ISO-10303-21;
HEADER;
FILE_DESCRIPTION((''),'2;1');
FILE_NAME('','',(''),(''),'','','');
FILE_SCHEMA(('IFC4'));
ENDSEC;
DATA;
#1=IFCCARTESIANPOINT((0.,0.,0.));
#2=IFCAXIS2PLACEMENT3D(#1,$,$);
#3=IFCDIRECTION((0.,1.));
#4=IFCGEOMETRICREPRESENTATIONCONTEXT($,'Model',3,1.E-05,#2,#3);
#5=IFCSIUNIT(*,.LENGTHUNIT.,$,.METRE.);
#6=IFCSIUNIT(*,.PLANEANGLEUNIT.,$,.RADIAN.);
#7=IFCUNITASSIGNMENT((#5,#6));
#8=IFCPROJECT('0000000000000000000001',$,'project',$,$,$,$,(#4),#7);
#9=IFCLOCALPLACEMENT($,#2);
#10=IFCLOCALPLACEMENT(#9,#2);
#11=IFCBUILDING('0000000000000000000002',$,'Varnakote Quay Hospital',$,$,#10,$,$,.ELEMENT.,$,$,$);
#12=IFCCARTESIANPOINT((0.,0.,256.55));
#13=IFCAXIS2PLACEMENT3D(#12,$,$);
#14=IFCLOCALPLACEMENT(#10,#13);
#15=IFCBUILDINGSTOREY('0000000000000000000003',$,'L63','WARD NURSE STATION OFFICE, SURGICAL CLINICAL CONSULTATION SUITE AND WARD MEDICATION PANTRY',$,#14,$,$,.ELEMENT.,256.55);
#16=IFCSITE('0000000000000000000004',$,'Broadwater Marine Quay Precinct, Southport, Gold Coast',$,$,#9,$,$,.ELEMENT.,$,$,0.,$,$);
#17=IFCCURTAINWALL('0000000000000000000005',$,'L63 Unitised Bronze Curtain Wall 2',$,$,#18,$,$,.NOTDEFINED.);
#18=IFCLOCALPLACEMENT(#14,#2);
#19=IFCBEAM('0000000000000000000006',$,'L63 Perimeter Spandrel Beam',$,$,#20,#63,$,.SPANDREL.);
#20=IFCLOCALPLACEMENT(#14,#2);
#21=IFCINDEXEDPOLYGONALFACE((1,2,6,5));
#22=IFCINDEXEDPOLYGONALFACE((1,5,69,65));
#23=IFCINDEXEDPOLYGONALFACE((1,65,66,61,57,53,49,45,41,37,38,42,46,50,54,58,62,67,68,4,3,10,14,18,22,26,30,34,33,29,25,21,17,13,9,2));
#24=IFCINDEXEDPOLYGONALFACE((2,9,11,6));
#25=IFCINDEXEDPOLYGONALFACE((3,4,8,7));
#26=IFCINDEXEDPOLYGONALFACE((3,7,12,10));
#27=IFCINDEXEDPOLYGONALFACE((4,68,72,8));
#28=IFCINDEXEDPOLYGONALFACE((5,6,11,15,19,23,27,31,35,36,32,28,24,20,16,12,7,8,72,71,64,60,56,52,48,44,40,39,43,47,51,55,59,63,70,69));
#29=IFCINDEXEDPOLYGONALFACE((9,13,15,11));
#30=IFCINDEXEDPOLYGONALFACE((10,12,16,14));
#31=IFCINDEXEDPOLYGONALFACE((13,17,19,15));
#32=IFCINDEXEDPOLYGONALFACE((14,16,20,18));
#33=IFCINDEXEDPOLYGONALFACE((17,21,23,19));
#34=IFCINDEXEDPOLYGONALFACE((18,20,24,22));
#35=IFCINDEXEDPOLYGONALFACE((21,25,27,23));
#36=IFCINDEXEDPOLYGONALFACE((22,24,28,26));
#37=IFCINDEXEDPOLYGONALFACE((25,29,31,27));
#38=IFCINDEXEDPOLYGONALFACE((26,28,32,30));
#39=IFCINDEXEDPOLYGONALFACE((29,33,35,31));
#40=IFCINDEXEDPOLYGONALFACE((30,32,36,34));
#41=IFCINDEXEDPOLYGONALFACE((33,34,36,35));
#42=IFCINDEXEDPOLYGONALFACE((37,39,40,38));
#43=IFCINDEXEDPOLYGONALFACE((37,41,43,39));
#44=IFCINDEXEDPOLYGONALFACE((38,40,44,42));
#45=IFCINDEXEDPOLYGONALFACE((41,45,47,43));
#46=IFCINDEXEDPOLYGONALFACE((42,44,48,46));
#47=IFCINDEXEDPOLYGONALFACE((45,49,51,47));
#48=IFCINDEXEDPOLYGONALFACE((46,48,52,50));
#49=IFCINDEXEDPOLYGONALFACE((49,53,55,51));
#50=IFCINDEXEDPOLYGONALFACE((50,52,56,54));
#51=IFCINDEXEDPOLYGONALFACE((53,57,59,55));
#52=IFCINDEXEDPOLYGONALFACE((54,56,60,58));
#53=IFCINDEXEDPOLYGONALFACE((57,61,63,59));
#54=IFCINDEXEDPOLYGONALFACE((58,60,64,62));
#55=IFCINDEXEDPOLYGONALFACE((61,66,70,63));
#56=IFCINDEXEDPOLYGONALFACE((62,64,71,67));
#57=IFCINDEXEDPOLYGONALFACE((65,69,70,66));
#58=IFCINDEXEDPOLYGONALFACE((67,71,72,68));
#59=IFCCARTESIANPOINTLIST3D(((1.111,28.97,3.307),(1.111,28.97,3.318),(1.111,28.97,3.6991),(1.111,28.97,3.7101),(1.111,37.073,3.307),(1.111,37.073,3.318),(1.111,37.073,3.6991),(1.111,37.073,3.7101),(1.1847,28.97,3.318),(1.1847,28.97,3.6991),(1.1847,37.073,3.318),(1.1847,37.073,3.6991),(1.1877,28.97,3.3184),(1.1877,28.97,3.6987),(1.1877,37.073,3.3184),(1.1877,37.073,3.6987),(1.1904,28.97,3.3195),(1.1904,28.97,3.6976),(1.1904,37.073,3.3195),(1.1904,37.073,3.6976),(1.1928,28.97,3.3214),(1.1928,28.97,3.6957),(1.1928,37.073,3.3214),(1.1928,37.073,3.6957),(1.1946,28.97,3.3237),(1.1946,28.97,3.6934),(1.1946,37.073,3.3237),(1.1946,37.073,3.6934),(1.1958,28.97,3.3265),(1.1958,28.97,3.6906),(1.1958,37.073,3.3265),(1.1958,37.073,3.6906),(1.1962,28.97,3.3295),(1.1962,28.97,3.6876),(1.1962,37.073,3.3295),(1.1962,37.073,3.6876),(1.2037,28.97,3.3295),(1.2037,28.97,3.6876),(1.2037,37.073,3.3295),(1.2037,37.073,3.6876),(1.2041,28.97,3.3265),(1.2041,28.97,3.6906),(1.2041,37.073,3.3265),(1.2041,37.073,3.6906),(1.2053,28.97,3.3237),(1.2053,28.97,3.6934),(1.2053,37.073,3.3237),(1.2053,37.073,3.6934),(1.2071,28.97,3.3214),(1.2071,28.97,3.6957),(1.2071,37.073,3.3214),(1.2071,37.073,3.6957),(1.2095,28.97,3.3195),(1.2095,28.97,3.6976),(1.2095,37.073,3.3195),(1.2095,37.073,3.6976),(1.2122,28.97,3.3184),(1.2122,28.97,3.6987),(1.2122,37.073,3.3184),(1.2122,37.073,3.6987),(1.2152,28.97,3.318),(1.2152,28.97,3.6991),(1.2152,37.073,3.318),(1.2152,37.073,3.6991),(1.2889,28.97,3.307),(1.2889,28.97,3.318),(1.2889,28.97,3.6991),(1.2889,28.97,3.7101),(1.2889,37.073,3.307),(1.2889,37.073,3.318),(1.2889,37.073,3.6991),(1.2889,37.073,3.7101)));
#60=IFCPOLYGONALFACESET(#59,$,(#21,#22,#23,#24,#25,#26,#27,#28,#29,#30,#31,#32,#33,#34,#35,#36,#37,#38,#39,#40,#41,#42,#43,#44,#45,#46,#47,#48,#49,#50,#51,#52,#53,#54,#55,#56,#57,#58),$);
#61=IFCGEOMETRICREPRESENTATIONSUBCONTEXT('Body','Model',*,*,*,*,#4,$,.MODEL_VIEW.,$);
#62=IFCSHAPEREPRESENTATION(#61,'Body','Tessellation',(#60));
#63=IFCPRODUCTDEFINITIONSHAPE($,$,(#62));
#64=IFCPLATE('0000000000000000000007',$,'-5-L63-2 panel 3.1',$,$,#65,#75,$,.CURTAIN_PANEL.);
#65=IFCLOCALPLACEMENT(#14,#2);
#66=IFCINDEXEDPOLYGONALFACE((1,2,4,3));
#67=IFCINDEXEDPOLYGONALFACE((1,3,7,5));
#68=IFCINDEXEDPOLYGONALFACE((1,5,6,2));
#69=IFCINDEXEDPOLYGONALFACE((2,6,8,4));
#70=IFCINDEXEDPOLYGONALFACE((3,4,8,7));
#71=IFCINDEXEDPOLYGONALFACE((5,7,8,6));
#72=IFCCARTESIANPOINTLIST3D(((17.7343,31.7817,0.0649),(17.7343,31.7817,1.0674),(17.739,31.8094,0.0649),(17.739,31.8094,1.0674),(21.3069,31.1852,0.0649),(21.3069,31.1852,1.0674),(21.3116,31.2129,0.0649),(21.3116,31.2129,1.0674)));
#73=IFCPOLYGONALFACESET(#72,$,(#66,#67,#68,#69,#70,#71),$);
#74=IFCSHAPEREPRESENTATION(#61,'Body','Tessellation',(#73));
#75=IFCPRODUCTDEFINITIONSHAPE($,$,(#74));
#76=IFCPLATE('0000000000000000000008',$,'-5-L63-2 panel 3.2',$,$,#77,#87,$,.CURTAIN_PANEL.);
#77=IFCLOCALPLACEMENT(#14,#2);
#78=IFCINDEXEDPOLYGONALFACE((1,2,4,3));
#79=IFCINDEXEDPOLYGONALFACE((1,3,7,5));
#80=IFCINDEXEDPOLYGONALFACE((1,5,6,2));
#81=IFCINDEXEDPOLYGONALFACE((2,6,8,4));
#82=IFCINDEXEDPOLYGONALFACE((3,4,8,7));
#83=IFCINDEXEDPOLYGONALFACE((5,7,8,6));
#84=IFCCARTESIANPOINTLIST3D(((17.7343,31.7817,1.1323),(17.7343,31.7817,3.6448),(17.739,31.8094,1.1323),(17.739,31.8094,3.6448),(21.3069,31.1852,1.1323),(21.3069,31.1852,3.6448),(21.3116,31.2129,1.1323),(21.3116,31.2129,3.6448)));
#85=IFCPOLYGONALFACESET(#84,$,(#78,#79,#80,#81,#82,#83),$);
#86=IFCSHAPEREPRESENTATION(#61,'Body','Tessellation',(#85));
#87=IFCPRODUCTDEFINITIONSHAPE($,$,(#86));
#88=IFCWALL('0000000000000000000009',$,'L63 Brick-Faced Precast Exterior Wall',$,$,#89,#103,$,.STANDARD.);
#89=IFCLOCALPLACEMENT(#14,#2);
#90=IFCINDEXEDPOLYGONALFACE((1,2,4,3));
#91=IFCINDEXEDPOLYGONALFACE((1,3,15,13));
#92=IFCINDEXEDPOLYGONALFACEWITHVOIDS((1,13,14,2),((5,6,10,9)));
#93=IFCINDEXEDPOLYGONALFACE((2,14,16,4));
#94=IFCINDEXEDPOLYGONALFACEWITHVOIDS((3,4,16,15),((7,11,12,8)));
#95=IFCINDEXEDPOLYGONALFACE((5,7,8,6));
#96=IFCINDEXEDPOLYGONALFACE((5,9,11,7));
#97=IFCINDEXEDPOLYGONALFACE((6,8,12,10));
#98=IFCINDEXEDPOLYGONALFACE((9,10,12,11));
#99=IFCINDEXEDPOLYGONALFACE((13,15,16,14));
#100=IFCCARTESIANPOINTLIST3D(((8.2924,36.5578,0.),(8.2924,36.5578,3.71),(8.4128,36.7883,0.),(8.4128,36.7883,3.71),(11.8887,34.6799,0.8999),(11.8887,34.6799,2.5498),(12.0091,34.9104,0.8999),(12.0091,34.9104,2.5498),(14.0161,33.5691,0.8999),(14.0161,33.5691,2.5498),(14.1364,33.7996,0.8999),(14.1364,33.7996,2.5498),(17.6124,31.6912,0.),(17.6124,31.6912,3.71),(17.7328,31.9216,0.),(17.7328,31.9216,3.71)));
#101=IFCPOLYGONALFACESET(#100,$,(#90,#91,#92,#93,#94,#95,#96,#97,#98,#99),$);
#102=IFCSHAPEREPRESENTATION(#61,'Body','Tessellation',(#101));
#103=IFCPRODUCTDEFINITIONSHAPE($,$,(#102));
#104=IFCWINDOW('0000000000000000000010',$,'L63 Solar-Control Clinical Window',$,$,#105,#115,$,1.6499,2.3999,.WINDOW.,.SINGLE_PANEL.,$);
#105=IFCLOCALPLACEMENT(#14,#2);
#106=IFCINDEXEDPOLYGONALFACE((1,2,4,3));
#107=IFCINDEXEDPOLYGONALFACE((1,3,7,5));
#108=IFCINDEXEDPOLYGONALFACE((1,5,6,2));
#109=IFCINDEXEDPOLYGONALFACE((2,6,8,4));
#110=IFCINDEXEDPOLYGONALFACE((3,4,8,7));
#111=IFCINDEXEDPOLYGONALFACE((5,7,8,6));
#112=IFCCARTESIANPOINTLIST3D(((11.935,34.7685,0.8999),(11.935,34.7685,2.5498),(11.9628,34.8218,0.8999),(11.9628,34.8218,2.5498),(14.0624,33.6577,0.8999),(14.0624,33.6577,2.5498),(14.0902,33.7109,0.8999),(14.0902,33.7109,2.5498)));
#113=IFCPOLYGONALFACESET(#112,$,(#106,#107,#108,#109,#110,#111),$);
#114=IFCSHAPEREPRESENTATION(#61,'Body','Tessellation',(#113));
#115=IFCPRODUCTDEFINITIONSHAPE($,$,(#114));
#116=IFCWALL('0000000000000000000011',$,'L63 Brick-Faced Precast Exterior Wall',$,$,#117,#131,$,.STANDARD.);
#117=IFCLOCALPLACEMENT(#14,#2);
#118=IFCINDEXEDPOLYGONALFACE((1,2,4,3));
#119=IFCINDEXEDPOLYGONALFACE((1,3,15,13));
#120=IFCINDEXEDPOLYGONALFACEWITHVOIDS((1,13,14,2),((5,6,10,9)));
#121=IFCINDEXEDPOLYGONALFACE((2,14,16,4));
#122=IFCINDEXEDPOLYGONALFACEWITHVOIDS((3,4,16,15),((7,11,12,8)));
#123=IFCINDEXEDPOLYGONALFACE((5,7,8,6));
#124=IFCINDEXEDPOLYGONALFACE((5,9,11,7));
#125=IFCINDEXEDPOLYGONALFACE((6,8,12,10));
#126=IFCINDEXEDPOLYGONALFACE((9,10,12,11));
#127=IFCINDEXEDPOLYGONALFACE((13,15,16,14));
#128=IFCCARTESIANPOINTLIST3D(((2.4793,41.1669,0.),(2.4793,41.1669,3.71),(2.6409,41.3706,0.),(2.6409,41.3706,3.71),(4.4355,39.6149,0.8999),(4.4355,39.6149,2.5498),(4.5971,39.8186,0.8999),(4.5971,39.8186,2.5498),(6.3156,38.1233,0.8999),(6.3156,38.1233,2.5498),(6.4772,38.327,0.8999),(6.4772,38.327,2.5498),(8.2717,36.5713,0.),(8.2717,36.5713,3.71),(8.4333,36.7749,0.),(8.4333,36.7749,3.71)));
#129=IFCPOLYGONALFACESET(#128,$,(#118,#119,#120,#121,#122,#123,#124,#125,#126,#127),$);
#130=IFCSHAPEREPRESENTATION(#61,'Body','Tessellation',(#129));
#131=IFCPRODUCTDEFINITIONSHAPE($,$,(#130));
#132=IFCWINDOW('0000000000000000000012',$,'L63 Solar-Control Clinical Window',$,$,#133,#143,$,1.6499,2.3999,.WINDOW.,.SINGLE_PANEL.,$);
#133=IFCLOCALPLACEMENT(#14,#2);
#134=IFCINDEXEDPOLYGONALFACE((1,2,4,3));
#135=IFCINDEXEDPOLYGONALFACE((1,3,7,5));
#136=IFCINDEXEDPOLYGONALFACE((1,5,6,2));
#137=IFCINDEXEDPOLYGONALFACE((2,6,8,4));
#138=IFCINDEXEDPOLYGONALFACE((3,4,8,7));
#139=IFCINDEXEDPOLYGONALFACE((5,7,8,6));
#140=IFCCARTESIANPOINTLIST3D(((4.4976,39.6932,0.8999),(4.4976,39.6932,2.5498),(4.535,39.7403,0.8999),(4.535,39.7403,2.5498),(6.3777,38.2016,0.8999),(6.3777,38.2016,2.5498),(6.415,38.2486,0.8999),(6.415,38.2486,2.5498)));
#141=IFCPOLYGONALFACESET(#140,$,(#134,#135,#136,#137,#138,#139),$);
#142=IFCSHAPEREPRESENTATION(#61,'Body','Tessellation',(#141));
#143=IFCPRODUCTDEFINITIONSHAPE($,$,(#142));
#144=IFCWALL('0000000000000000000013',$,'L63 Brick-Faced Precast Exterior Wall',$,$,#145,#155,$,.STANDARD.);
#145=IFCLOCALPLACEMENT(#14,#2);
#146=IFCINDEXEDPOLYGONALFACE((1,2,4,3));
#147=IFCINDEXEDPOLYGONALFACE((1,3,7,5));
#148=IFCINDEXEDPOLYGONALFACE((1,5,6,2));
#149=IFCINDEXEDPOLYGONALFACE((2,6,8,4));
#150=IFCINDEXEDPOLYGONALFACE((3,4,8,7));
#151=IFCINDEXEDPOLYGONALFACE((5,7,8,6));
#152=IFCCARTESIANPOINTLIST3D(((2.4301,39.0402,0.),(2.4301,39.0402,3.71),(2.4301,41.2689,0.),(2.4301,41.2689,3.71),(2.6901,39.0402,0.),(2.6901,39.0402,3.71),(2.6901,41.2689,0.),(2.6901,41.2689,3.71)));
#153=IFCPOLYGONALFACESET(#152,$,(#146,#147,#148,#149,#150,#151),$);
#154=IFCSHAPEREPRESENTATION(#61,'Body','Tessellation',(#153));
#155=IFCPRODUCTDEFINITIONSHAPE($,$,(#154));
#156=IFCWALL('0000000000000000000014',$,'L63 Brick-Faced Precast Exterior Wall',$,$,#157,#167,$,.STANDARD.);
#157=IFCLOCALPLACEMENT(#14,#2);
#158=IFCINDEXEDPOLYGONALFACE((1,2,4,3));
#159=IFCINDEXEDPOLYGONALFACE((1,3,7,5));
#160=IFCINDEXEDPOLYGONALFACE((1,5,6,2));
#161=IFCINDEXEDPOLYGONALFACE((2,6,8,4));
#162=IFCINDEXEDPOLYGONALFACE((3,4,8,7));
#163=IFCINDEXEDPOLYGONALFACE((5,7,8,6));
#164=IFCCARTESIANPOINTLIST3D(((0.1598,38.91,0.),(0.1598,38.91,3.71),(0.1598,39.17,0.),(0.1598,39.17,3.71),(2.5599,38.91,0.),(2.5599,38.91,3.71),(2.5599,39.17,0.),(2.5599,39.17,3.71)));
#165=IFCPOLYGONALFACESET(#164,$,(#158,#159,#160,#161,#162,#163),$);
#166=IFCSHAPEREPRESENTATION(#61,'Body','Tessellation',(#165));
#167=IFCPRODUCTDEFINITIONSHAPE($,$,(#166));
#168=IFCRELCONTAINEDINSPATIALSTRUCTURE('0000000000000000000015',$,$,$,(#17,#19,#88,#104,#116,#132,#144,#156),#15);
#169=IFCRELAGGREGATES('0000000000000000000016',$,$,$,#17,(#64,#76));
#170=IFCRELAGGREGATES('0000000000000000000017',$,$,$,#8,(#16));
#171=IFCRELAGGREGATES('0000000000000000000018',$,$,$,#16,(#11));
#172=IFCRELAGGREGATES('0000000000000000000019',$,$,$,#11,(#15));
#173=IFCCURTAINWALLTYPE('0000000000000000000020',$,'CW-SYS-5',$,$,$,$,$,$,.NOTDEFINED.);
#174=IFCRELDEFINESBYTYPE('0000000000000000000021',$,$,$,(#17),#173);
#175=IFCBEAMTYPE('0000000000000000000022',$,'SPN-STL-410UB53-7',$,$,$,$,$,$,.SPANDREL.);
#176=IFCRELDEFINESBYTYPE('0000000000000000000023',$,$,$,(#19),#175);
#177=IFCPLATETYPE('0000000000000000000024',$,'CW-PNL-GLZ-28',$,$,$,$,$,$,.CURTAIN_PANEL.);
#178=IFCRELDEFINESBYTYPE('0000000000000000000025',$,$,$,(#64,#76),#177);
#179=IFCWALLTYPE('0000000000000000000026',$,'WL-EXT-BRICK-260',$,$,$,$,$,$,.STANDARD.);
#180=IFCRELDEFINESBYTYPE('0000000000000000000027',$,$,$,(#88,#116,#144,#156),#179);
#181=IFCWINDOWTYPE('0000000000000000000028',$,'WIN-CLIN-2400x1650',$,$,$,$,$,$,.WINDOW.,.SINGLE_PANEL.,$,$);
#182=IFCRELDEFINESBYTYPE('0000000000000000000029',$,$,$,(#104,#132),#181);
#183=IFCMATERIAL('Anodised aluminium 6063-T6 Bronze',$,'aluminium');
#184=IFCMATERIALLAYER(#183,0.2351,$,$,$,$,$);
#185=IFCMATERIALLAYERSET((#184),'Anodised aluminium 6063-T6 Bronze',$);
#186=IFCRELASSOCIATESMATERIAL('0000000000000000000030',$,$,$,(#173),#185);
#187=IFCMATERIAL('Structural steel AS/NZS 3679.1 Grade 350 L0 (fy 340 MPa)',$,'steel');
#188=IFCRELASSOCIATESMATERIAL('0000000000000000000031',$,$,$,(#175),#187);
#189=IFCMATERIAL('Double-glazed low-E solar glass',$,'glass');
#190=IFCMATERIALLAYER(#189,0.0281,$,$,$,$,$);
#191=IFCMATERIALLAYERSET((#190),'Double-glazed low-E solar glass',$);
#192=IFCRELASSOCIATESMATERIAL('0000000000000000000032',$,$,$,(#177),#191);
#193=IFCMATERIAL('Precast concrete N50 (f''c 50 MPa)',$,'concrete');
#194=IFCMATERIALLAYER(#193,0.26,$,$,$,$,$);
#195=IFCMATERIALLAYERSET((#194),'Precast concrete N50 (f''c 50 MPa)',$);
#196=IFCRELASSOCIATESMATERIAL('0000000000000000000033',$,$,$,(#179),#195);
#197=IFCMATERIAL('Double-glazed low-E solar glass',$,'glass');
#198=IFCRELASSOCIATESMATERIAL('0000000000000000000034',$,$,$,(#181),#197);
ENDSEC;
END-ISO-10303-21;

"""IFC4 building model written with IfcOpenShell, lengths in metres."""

from ifc_helpers import new_model, si_unit, direction, frame, frame_2d, origin, origin_2d, place, context, subcontext, project, spatial, rectangle, i_section, extrude, material, layer, layer_set, material_profile, profile_set, type_object, element, fill, aggregate, save


model = new_model("IFC4")

# Units and contexts
model_context = context("Model", 3, precision=1e-05, world=origin(), true_north=direction((0.0, 1.0)))
body_context = subcontext(model_context, "Body", "Model", "MODEL_VIEW")
ifc_project = project(units=[si_unit("LENGTHUNIT", "METRE"), si_unit("PLANEANGLEUNIT", "RADIAN")], contexts=[model_context])

# Site, building, storey
site_placement = place(None, origin())
site = spatial("IfcSite", under=ifc_project, at=site_placement, Name="Broadwater Marine Quay Precinct, Southport, Gold Coast", CompositionType="ELEMENT", RefElevation=0.0)
building_placement = place(site_placement, origin())
building = spatial("IfcBuilding", under=site, at=building_placement, Name="Varnakote Quay Hospital", CompositionType="ELEMENT")
storey_placement = place(building_placement, frame((0.0, 0.0, 256.55)))
storey = spatial("IfcBuildingStorey", under=building, at=storey_placement, Name="L63", Description="WARD NURSE STATION OFFICE, SURGICAL CLINICAL CONSULTATION SUITE AND WARD MEDICATION PANTRY", CompositionType="ELEMENT", Elevation=256.55)

# Curtain wall
ifc_material_1 = material(Name="Anodised aluminium 6063-T6 Bronze", Category="aluminium")
ifc_layer_1 = layer(ifc_material_1, 0.2351)
ifc_layer_set_1 = layer_set([ifc_layer_1], Name="Anodised aluminium 6063-T6 Bronze")
curtain_wall_type = type_object("IfcCurtainWallType", Name="CW-SYS-5", PredefinedType="NOTDEFINED", material=ifc_layer_set_1)
curtain_wall_placement = place(storey_placement, origin())
curtain_wall = element("IfcCurtainWall", 1, at=curtain_wall_placement, inside=storey, type_object=curtain_wall_type, Name="L63 Unitised Bronze Curtain Wall 2", PredefinedType="NOTDEFINED")

# Beam
ifc_material_2 = material(Name="Structural steel AS/NZS 3679.1 Grade 350 L0 (fy 340 MPa)", Category="steel")
ifc_material_profile_1 = material_profile(ifc_material_2, i_section(OverallWidth=0.178, OverallDepth=0.4031, WebThickness=0.0076, FlangeThickness=0.011, FilletRadius=0.0115, at=origin_2d()), Name="410UB53.7")
ifc_profile_set_1 = profile_set([ifc_material_profile_1], Name="Structural steel AS/NZS 3679.1 Grade 350 L0 (fy 340 MPa)")
beam_type_1 = type_object("IfcBeamType", Name="SPN-STL-410UB53-7", PredefinedType="SPANDREL", material=ifc_profile_set_1)
beam_1_placement = place(storey_placement, frame((1.2, 28.97, 3.5085), z_axis=(0.0, 1.0, 0.0), x_axis=(-1.0, 0.0, 0.0)))
element("IfcBeam", 2, at=beam_1_placement, inside=storey, type_object=beam_type_1, Name="L63 Perimeter Spandrel Beam", PredefinedType="SPANDREL", context=body_context, shape_type="SweptSolid", body=[
    extrude(i_section(OverallWidth=0.178, OverallDepth=0.4031, WebThickness=0.0076, FlangeThickness=0.011, FilletRadius=0.0115, at=origin_2d()), origin(), (0.0, 0.0, 1.0), 8.103),
])

# Plates
ifc_material_3 = material(Name="Double-glazed low-E solar glass", Category="glass")
ifc_layer_2 = layer(ifc_material_3, 0.0281)
ifc_layer_set_2 = layer_set([ifc_layer_2], Name="Double-glazed low-E solar glass")
plate_type = type_object("IfcPlateType", Name="CW-PNL-GLZ-28", PredefinedType="CURTAIN_PANEL", material=ifc_layer_set_2)
plate_1_placement = place(storey_placement, frame((19.5229, 31.4973, 0.0649), z_axis=(0.0, 0.0, 1.0), x_axis=(-0.986345, 0.164694, 0.0)))
plate_1 = element("IfcPlate", 3, at=plate_1_placement, type_object=plate_type, Name="-5-L63-2 panel 3.1", PredefinedType="CURTAIN_PANEL", context=body_context, shape_type="SweptSolid", body=[
    extrude(rectangle(XDim=3.6221, YDim=0.0281, at=origin_2d()), origin(), (0.0, 0.0, 1.0), 1.0024),
])
plate_2_placement = place(storey_placement, frame((19.5229, 31.4973, 1.1323), z_axis=(0.0, 0.0, 1.0), x_axis=(-0.986345, 0.164694, 0.0)))
plate_2 = element("IfcPlate", 4, at=plate_2_placement, type_object=plate_type, Name="-5-L63-2 panel 3.2", PredefinedType="CURTAIN_PANEL", context=body_context, shape_type="SweptSolid", body=[
    extrude(rectangle(XDim=3.6221, YDim=0.0281, at=origin_2d()), origin(), (0.0, 0.0, 1.0), 2.5125),
])
aggregate(curtain_wall, [plate_1, plate_2])

# Walls, openings, windows
ifc_material_4 = material(Name="Precast concrete N50 (f'c 50 MPa)", Category="concrete")
ifc_layer_3 = layer(ifc_material_4, 0.26)
ifc_layer_set_3 = layer_set([ifc_layer_3], Name="Precast concrete N50 (f'c 50 MPa)")
wall_type = type_object("IfcWallType", Name="WL-EXT-BRICK-260", PredefinedType="STANDARD", material=ifc_layer_set_3)
wall_1_placement = place(storey_placement, frame((17.6726, 31.8064, 0.0), z_axis=(0.0, 0.0, 1.0), x_axis=(-0.886427, 0.462869, 0.0)))
wall_1 = element("IfcWall", 5, at=wall_1_placement, inside=storey, type_object=wall_type, Name="L63 Brick-Faced Precast Exterior Wall", PredefinedType="STANDARD", context=body_context, shape_type="SweptSolid", body=[
    extrude(rectangle(XDim=10.5142, YDim=0.26, at=frame_2d((5.2571, 0.0))), origin(), (0.0, 0.0, 1.0), 3.71),
])
opening_1_placement = place(wall_1_placement, frame((4.0571, 0.0, 0.8999)))
opening_1 = element("IfcOpeningElement", 6, at=opening_1_placement, cuts=wall_1, PredefinedType="OPENING", context=body_context, shape_type="SweptSolid", body=[
    extrude(rectangle(XDim=2.3999, YDim=1.6499, at=frame_2d((1.2, 0.825))), frame((0.0, 0.1399, 0.0), z_axis=(0.0, -1.0, 0.0), x_axis=(1.0, 0.0, 0.0)), (0.0, 0.0, 1.0), 0.28),
])
ifc_material_5 = material(Name="Double-glazed low-E solar glass", Category="glass")
window_type = type_object("IfcWindowType", Name="WIN-CLIN-2400x1650", PartitioningType="SINGLE_PANEL", PredefinedType="WINDOW", material=ifc_material_5)
window_1_placement = place(opening_1_placement, origin())
window_1 = element("IfcWindow", 7, at=window_1_placement, inside=storey, type_object=window_type, Name="L63 Solar-Control Clinical Window", OverallHeight=1.6499, OverallWidth=2.3999, PartitioningType="SINGLE_PANEL", PredefinedType="WINDOW", context=body_context, shape_type="SweptSolid", body=[
    extrude(rectangle(XDim=2.3999, YDim=1.6499, at=frame_2d((1.2, 0.825))), frame((0.0, 0.03, 0.0), z_axis=(0.0, -1.0, 0.0), x_axis=(1.0, 0.0, 0.0)), (0.0, 0.0, 1.0), 0.0601),
])
fill(opening_1, window_1)
wall_2_placement = place(storey_placement, frame((8.3525, 36.6731, 0.0), z_axis=(0.0, 0.0, 1.0), x_axis=(-0.783388, 0.621533, 0.0)))
wall_2 = element("IfcWall", 8, at=wall_2_placement, inside=storey, type_object=wall_type, Name="L63 Brick-Faced Precast Exterior Wall", PredefinedType="STANDARD", context=body_context, shape_type="SweptSolid", body=[
    extrude(rectangle(XDim=7.394, YDim=0.26, at=frame_2d((3.697, 0.0))), origin(), (0.0, 0.0, 1.0), 3.71),
])
opening_2_placement = place(wall_2_placement, frame((2.4971, 0.0, 0.8999)))
opening_2 = element("IfcOpeningElement", 9, at=opening_2_placement, cuts=wall_2, PredefinedType="OPENING", context=body_context, shape_type="SweptSolid", body=[
    extrude(rectangle(XDim=2.3999, YDim=1.6499, at=frame_2d((1.2, 0.825))), frame((0.0, 0.1399, 0.0), z_axis=(0.0, -1.0, 0.0), x_axis=(1.0, 0.0, 0.0)), (0.0, 0.0, 1.0), 0.28),
])
window_2_placement = place(opening_2_placement, origin())
window_2 = element("IfcWindow", 10, at=window_2_placement, inside=storey, type_object=window_type, Name="L63 Solar-Control Clinical Window", OverallHeight=1.6499, OverallWidth=2.3999, PartitioningType="SINGLE_PANEL", PredefinedType="WINDOW", context=body_context, shape_type="SweptSolid", body=[
    extrude(rectangle(XDim=2.3999, YDim=1.6499, at=frame_2d((1.2, 0.825))), frame((0.0, 0.03, 0.0), z_axis=(0.0, -1.0, 0.0), x_axis=(1.0, 0.0, 0.0)), (0.0, 0.0, 1.0), 0.0601),
])
fill(opening_2, window_2)

# Walls
wall_3_placement = place(storey_placement, frame((2.5601, 41.2688, 0.0), z_axis=(0.0, 0.0, 1.0), x_axis=(0.0, -1.0, 0.0)))
element("IfcWall", 11, at=wall_3_placement, inside=storey, type_object=wall_type, Name="L63 Brick-Faced Precast Exterior Wall", PredefinedType="STANDARD", context=body_context, shape_type="SweptSolid", body=[
    extrude(rectangle(XDim=2.2288, YDim=0.26, at=frame_2d((1.1143, 0.0))), origin(), (0.0, 0.0, 1.0), 3.71),
])
wall_4_placement = place(storey_placement, frame((2.5601, 39.04, 0.0), z_axis=(0.0, 0.0, 1.0), x_axis=(-1.0, 0.0, 0.0)))
element("IfcWall", 12, at=wall_4_placement, inside=storey, type_object=wall_type, Name="L63 Brick-Faced Precast Exterior Wall", PredefinedType="STANDARD", context=body_context, shape_type="SweptSolid", body=[
    extrude(rectangle(XDim=2.4001, YDim=0.26, at=frame_2d((1.2002, 0.0))), origin(), (0.0, 0.0, 1.0), 3.71),
])

save(model, "model.ifc")
